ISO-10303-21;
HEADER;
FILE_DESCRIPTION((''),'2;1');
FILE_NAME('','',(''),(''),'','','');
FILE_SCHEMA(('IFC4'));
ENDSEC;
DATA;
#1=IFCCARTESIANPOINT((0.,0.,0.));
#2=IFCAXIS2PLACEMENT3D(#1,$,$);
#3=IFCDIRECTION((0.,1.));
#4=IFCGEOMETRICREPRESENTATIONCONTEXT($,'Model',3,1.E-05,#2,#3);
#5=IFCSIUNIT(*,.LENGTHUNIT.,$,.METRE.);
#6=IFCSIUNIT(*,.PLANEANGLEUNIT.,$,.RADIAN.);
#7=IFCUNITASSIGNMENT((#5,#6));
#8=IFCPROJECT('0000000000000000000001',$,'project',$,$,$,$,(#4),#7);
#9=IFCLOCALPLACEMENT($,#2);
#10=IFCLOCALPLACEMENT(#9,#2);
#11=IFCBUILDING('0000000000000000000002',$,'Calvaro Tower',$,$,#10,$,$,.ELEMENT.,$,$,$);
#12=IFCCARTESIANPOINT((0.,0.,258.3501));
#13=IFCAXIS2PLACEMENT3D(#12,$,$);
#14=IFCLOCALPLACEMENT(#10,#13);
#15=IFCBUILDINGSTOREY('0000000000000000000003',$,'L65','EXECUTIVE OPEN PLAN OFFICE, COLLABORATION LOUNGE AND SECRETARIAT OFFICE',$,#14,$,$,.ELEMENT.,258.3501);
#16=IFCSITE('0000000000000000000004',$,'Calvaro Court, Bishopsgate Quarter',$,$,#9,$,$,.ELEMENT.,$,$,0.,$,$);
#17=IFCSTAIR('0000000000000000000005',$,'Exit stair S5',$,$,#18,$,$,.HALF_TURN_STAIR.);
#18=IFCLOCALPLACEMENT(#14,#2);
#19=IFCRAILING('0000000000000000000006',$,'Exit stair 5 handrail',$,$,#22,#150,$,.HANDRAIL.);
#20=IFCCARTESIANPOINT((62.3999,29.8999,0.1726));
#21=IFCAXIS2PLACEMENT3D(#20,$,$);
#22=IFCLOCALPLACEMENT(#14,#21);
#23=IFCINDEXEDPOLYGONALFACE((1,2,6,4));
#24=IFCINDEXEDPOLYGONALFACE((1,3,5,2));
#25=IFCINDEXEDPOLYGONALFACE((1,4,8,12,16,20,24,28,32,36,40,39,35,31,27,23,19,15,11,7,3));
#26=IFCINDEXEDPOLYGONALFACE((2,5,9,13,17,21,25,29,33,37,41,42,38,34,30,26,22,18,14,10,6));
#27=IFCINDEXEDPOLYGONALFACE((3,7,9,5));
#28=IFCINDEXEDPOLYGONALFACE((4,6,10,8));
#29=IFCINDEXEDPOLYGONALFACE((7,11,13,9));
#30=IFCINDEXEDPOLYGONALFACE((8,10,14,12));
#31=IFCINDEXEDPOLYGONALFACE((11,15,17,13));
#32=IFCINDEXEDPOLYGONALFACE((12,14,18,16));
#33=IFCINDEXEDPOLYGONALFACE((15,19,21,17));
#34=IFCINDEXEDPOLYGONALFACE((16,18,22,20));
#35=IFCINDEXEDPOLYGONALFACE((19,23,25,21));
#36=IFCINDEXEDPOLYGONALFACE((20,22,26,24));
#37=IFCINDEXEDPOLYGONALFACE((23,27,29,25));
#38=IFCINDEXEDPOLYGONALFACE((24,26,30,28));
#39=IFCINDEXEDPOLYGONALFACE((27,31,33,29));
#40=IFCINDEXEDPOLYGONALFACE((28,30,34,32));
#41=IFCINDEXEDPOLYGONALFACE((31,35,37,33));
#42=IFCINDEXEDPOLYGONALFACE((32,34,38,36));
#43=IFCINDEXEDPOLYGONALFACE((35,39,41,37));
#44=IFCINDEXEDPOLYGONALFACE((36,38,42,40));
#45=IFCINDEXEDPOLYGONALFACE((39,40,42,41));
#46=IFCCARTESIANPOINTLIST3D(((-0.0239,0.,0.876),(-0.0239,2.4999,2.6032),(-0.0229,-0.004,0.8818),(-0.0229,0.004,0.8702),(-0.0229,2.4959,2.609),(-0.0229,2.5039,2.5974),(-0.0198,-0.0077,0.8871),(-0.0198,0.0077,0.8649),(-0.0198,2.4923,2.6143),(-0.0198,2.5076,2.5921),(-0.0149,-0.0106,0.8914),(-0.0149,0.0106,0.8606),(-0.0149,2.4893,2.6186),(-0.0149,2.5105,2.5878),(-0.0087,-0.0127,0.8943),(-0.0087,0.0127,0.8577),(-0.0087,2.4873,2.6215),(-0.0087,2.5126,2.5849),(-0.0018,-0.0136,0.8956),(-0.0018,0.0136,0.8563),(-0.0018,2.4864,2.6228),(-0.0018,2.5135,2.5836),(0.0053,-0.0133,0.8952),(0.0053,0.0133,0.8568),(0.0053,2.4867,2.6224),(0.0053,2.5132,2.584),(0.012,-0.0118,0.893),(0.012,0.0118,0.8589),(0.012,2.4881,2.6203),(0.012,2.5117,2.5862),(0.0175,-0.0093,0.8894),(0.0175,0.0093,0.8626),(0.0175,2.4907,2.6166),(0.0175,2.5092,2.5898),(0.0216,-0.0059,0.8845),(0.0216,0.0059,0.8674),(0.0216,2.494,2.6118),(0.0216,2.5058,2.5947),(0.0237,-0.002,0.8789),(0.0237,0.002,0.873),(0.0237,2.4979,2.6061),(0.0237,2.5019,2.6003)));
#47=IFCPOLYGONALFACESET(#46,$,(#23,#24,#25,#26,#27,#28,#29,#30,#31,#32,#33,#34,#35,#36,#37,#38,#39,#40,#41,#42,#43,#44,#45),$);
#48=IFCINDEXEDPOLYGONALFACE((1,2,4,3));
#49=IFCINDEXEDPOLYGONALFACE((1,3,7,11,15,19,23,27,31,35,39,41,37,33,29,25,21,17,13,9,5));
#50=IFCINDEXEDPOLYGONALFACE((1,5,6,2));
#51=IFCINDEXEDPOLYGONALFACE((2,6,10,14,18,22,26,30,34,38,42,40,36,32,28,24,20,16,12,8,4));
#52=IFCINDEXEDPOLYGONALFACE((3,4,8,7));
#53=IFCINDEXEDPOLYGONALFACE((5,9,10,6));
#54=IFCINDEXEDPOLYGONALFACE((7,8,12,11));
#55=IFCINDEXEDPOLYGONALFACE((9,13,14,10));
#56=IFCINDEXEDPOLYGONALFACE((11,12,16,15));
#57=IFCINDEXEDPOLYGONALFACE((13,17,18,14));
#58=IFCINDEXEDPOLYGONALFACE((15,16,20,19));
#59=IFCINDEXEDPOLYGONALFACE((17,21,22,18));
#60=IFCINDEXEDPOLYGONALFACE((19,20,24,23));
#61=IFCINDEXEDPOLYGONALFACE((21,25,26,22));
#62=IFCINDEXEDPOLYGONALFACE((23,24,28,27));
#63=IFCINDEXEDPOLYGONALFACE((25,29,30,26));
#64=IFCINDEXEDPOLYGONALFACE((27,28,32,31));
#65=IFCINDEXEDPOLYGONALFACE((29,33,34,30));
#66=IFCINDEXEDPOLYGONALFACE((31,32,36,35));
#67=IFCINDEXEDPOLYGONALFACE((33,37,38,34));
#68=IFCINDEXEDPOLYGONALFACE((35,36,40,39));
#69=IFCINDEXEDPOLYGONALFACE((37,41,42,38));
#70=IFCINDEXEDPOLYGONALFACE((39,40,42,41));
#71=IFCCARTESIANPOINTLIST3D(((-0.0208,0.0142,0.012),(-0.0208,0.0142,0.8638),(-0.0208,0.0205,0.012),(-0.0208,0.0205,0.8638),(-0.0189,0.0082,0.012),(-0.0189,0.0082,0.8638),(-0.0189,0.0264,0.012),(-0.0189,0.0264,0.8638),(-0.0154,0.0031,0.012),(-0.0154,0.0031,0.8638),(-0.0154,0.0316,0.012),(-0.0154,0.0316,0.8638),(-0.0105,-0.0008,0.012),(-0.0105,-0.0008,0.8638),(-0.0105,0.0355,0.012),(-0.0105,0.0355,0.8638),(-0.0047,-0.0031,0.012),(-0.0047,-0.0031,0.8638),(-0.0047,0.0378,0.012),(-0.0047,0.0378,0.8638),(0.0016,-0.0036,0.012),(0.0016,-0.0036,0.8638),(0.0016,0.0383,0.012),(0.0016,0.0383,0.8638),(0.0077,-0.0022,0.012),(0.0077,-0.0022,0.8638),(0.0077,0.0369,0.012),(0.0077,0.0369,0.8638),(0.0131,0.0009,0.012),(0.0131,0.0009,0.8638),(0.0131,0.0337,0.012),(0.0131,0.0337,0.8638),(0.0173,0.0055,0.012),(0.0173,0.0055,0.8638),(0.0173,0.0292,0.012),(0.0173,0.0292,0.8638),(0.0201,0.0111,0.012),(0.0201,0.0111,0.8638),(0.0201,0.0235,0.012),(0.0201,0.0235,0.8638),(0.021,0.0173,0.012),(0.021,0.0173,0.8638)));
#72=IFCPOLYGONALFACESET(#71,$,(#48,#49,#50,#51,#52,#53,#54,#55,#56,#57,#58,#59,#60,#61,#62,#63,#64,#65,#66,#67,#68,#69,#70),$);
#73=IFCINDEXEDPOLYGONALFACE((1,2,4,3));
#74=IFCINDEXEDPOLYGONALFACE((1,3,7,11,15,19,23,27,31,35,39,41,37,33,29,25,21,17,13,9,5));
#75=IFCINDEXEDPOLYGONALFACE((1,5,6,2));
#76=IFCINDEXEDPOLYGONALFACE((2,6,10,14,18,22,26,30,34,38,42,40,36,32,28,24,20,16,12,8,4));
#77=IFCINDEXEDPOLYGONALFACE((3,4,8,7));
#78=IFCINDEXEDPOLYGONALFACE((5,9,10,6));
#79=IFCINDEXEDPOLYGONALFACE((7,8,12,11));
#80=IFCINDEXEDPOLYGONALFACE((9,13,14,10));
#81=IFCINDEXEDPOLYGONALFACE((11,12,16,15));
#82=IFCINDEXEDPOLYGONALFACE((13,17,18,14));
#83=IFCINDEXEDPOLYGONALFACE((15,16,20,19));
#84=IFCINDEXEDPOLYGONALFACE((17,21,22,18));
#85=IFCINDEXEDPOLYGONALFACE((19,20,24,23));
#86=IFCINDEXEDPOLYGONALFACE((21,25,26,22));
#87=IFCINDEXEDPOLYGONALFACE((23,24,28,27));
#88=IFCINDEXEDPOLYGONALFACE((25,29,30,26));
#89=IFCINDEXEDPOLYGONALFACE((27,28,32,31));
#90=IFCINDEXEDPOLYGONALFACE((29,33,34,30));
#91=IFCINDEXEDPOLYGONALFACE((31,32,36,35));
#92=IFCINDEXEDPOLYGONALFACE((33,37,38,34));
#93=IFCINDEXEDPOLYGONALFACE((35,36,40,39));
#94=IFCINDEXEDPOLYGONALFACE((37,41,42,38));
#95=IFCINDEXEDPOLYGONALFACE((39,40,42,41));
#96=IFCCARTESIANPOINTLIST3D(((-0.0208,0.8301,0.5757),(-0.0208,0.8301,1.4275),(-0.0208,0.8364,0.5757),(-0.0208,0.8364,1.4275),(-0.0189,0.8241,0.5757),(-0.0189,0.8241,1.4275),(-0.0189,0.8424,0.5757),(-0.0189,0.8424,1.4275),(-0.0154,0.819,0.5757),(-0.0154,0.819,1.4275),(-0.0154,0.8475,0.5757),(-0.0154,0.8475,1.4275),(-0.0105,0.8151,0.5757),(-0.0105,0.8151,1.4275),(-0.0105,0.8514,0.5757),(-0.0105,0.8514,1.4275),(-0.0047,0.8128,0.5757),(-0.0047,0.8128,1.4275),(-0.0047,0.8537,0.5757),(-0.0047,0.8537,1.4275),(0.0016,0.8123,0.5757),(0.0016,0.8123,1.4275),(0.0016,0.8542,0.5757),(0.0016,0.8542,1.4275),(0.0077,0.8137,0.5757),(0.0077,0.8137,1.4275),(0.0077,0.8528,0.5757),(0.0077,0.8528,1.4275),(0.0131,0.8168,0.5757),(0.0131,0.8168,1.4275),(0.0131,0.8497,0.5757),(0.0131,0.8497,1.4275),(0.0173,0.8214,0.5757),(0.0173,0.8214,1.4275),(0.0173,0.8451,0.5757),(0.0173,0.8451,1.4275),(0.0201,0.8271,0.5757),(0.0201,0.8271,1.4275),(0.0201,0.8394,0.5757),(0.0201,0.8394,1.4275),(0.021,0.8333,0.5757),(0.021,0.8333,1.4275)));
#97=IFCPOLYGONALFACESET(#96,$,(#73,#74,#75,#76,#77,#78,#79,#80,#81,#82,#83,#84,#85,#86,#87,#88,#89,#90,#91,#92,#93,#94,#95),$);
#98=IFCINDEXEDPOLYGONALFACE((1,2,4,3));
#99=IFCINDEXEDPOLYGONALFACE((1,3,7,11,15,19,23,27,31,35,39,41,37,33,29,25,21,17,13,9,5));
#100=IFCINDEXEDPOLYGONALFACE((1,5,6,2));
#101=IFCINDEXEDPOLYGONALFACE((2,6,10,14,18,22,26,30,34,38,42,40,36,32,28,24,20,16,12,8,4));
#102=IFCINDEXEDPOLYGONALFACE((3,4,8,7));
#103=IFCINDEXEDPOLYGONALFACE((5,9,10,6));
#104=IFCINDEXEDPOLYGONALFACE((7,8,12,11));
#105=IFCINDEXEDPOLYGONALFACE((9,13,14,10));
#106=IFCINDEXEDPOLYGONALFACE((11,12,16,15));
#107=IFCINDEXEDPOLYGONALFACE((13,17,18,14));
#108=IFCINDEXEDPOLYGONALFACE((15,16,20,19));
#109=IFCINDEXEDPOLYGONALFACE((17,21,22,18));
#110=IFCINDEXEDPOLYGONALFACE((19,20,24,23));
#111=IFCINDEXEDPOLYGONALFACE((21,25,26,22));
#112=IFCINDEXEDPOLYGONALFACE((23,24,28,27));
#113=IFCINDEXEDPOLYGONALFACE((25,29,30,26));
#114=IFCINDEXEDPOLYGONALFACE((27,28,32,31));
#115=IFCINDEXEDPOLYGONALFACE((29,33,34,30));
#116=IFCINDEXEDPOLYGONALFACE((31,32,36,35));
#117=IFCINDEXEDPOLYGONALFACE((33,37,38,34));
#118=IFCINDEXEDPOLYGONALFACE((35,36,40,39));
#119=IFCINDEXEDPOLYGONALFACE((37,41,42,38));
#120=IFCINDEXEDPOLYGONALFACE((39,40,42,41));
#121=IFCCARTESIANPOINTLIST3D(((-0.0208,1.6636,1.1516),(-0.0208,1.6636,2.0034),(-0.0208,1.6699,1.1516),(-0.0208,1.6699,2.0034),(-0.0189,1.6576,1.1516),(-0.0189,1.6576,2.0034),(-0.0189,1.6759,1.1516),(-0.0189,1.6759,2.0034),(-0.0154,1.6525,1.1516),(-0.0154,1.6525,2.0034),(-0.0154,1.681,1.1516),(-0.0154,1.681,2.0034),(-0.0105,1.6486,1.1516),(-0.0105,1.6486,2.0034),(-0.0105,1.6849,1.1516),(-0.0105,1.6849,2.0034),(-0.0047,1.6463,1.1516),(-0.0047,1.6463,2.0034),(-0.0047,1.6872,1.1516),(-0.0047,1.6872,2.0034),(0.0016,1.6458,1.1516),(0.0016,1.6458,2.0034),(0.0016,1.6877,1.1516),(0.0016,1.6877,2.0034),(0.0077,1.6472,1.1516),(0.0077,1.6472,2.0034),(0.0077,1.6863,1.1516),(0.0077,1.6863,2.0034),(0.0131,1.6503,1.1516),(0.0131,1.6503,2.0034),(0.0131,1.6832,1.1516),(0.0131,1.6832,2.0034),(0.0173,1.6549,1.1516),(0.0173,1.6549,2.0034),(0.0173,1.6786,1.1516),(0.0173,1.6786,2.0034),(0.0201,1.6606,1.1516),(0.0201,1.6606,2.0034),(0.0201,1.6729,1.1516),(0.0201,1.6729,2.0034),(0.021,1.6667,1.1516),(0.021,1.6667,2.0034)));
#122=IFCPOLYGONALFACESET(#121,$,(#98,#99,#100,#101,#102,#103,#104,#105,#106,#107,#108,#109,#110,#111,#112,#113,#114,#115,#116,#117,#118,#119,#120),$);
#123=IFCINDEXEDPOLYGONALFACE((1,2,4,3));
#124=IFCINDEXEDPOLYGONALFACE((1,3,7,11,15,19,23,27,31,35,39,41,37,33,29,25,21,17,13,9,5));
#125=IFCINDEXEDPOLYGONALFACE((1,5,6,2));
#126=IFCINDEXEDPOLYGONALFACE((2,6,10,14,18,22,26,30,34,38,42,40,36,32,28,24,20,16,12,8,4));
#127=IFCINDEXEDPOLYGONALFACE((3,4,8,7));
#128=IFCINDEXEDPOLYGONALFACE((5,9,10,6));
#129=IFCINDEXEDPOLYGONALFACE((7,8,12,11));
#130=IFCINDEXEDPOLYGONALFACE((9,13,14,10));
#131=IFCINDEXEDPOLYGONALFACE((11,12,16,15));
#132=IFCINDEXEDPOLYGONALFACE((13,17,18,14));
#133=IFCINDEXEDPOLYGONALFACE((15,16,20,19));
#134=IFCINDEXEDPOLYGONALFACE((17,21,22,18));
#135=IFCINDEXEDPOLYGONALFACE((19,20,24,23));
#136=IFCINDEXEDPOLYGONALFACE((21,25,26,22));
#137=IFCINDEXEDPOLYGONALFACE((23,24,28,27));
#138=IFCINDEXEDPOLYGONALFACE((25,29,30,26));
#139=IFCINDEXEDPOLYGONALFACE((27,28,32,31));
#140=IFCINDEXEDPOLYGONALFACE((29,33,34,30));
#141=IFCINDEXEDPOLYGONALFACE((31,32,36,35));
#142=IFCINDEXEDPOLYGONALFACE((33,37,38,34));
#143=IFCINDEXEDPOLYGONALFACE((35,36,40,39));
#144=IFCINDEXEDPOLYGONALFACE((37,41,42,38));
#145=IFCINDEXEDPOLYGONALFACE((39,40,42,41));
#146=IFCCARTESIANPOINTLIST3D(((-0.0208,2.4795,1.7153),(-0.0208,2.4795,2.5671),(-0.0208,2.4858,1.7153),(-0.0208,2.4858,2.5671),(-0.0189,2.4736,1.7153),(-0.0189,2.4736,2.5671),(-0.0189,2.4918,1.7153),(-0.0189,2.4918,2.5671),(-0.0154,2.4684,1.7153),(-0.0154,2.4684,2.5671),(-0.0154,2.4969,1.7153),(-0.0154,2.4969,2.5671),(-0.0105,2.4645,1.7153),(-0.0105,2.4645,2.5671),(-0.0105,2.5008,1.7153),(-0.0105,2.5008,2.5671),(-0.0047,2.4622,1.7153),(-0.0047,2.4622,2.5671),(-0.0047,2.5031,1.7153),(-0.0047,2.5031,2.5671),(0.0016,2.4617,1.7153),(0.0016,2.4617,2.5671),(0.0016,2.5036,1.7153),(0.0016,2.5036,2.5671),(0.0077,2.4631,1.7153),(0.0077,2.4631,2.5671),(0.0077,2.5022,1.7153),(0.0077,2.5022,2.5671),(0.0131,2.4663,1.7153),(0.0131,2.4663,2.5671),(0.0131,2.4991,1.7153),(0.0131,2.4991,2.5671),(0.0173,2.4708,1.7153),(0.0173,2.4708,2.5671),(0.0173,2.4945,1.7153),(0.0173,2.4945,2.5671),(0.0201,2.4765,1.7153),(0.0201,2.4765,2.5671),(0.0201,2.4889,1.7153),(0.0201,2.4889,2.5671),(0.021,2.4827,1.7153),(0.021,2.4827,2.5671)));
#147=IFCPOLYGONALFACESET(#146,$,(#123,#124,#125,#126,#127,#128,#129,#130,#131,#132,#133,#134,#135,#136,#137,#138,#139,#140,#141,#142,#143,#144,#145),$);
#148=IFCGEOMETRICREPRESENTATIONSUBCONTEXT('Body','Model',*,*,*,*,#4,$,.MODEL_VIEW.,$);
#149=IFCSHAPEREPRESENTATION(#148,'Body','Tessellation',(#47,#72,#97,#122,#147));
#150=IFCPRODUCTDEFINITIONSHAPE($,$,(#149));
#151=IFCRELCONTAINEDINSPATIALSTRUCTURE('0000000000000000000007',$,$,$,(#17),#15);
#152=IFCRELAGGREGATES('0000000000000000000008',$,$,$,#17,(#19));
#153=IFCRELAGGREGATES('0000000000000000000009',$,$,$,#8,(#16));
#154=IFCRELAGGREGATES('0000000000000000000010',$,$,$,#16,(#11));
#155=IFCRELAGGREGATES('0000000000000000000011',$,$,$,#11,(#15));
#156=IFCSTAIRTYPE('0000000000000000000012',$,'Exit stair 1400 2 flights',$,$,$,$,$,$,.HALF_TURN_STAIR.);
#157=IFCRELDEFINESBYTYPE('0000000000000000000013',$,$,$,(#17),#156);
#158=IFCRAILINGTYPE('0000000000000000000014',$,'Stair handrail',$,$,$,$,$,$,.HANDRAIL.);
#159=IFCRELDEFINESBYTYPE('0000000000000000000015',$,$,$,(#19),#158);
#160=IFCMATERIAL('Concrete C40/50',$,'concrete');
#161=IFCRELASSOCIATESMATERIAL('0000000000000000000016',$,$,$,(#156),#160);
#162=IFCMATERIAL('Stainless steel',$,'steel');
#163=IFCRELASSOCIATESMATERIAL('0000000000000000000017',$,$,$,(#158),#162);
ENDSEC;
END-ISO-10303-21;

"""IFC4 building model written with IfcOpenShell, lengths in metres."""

from ifc_helpers import new_model, si_unit, direction, frame, origin, origin_2d, place, context, subcontext, project, spatial, circle, extrude, material, type_object, element, aggregate, save


model = new_model("IFC4")

# Units and contexts
model_context = context("Model", 3, precision=1e-05, world=origin(), true_north=direction((0.0, 1.0)))
body_context = subcontext(model_context, "Body", "Model", "MODEL_VIEW")
ifc_project = project(units=[si_unit("LENGTHUNIT", "METRE"), si_unit("PLANEANGLEUNIT", "RADIAN")], contexts=[model_context])

# Site, building, storey
site_placement = place(None, origin())
site = spatial("IfcSite", under=ifc_project, at=site_placement, Name="Calvaro Court, Bishopsgate Quarter", CompositionType="ELEMENT", RefElevation=0.0)
building_placement = place(site_placement, origin())
building = spatial("IfcBuilding", under=site, at=building_placement, Name="Calvaro Tower", CompositionType="ELEMENT")
storey_placement = place(building_placement, frame((0.0, 0.0, 258.3501)))
storey = spatial("IfcBuildingStorey", under=building, at=storey_placement, Name="L65", Description="EXECUTIVE OPEN PLAN OFFICE, COLLABORATION LOUNGE AND SECRETARIAT OFFICE", CompositionType="ELEMENT", Elevation=258.3501)

# Shared definitions
ifc_material_1 = material(Name="Concrete C40/50", Category="concrete")
stair_type = type_object("IfcStairType", Name="Exit stair 1400 2 flights", PredefinedType="HALF_TURN_STAIR", material=ifc_material_1)

# Stair
stair_1_placement = place(storey_placement, origin())
stair_1 = element("IfcStair", 1, at=stair_1_placement, inside=storey, type_object=stair_type, Name="Exit stair S5", PredefinedType="HALF_TURN_STAIR")

# Railing
ifc_material_2 = material(Name="Stainless steel", Category="steel")
railing_type = type_object("IfcRailingType", Name="Stair handrail", PredefinedType="HANDRAIL", material=ifc_material_2)
railing_1_placement = place(storey_placement, frame((62.3999, 29.8999, 0.1726)))
railing_1 = element("IfcRailing", 2, at=railing_1_placement, type_object=railing_type, Name="Exit stair 5 handrail", PredefinedType="HANDRAIL", context=body_context, shape_type="SweptSolid", body=[
    extrude(circle(Radius=0.0239, at=origin_2d()), frame((0.0, 0.0, 0.876), z_axis=(0.0, 0.822727, 0.568437), x_axis=(-1.0, 0.0, 0.0)), (0.0, 0.0, 1.0), 3.0386),
    extrude(circle(Radius=0.021, at=origin_2d()), frame((0.0, 0.0173, 0.012)), (0.0, 0.0, 1.0), 0.8518),
    extrude(circle(Radius=0.021, at=origin_2d()), frame((0.0, 0.8333, 0.5757)), (0.0, 0.0, 1.0), 0.8518),
    extrude(circle(Radius=0.021, at=origin_2d()), frame((0.0, 1.6667, 1.1516)), (0.0, 0.0, 1.0), 0.8518),
    extrude(circle(Radius=0.021, at=origin_2d()), frame((0.0, 2.4827, 1.7153)), (0.0, 0.0, 1.0), 0.8518),
])
aggregate(stair_1, [railing_1])

save(model, "model.ifc")
